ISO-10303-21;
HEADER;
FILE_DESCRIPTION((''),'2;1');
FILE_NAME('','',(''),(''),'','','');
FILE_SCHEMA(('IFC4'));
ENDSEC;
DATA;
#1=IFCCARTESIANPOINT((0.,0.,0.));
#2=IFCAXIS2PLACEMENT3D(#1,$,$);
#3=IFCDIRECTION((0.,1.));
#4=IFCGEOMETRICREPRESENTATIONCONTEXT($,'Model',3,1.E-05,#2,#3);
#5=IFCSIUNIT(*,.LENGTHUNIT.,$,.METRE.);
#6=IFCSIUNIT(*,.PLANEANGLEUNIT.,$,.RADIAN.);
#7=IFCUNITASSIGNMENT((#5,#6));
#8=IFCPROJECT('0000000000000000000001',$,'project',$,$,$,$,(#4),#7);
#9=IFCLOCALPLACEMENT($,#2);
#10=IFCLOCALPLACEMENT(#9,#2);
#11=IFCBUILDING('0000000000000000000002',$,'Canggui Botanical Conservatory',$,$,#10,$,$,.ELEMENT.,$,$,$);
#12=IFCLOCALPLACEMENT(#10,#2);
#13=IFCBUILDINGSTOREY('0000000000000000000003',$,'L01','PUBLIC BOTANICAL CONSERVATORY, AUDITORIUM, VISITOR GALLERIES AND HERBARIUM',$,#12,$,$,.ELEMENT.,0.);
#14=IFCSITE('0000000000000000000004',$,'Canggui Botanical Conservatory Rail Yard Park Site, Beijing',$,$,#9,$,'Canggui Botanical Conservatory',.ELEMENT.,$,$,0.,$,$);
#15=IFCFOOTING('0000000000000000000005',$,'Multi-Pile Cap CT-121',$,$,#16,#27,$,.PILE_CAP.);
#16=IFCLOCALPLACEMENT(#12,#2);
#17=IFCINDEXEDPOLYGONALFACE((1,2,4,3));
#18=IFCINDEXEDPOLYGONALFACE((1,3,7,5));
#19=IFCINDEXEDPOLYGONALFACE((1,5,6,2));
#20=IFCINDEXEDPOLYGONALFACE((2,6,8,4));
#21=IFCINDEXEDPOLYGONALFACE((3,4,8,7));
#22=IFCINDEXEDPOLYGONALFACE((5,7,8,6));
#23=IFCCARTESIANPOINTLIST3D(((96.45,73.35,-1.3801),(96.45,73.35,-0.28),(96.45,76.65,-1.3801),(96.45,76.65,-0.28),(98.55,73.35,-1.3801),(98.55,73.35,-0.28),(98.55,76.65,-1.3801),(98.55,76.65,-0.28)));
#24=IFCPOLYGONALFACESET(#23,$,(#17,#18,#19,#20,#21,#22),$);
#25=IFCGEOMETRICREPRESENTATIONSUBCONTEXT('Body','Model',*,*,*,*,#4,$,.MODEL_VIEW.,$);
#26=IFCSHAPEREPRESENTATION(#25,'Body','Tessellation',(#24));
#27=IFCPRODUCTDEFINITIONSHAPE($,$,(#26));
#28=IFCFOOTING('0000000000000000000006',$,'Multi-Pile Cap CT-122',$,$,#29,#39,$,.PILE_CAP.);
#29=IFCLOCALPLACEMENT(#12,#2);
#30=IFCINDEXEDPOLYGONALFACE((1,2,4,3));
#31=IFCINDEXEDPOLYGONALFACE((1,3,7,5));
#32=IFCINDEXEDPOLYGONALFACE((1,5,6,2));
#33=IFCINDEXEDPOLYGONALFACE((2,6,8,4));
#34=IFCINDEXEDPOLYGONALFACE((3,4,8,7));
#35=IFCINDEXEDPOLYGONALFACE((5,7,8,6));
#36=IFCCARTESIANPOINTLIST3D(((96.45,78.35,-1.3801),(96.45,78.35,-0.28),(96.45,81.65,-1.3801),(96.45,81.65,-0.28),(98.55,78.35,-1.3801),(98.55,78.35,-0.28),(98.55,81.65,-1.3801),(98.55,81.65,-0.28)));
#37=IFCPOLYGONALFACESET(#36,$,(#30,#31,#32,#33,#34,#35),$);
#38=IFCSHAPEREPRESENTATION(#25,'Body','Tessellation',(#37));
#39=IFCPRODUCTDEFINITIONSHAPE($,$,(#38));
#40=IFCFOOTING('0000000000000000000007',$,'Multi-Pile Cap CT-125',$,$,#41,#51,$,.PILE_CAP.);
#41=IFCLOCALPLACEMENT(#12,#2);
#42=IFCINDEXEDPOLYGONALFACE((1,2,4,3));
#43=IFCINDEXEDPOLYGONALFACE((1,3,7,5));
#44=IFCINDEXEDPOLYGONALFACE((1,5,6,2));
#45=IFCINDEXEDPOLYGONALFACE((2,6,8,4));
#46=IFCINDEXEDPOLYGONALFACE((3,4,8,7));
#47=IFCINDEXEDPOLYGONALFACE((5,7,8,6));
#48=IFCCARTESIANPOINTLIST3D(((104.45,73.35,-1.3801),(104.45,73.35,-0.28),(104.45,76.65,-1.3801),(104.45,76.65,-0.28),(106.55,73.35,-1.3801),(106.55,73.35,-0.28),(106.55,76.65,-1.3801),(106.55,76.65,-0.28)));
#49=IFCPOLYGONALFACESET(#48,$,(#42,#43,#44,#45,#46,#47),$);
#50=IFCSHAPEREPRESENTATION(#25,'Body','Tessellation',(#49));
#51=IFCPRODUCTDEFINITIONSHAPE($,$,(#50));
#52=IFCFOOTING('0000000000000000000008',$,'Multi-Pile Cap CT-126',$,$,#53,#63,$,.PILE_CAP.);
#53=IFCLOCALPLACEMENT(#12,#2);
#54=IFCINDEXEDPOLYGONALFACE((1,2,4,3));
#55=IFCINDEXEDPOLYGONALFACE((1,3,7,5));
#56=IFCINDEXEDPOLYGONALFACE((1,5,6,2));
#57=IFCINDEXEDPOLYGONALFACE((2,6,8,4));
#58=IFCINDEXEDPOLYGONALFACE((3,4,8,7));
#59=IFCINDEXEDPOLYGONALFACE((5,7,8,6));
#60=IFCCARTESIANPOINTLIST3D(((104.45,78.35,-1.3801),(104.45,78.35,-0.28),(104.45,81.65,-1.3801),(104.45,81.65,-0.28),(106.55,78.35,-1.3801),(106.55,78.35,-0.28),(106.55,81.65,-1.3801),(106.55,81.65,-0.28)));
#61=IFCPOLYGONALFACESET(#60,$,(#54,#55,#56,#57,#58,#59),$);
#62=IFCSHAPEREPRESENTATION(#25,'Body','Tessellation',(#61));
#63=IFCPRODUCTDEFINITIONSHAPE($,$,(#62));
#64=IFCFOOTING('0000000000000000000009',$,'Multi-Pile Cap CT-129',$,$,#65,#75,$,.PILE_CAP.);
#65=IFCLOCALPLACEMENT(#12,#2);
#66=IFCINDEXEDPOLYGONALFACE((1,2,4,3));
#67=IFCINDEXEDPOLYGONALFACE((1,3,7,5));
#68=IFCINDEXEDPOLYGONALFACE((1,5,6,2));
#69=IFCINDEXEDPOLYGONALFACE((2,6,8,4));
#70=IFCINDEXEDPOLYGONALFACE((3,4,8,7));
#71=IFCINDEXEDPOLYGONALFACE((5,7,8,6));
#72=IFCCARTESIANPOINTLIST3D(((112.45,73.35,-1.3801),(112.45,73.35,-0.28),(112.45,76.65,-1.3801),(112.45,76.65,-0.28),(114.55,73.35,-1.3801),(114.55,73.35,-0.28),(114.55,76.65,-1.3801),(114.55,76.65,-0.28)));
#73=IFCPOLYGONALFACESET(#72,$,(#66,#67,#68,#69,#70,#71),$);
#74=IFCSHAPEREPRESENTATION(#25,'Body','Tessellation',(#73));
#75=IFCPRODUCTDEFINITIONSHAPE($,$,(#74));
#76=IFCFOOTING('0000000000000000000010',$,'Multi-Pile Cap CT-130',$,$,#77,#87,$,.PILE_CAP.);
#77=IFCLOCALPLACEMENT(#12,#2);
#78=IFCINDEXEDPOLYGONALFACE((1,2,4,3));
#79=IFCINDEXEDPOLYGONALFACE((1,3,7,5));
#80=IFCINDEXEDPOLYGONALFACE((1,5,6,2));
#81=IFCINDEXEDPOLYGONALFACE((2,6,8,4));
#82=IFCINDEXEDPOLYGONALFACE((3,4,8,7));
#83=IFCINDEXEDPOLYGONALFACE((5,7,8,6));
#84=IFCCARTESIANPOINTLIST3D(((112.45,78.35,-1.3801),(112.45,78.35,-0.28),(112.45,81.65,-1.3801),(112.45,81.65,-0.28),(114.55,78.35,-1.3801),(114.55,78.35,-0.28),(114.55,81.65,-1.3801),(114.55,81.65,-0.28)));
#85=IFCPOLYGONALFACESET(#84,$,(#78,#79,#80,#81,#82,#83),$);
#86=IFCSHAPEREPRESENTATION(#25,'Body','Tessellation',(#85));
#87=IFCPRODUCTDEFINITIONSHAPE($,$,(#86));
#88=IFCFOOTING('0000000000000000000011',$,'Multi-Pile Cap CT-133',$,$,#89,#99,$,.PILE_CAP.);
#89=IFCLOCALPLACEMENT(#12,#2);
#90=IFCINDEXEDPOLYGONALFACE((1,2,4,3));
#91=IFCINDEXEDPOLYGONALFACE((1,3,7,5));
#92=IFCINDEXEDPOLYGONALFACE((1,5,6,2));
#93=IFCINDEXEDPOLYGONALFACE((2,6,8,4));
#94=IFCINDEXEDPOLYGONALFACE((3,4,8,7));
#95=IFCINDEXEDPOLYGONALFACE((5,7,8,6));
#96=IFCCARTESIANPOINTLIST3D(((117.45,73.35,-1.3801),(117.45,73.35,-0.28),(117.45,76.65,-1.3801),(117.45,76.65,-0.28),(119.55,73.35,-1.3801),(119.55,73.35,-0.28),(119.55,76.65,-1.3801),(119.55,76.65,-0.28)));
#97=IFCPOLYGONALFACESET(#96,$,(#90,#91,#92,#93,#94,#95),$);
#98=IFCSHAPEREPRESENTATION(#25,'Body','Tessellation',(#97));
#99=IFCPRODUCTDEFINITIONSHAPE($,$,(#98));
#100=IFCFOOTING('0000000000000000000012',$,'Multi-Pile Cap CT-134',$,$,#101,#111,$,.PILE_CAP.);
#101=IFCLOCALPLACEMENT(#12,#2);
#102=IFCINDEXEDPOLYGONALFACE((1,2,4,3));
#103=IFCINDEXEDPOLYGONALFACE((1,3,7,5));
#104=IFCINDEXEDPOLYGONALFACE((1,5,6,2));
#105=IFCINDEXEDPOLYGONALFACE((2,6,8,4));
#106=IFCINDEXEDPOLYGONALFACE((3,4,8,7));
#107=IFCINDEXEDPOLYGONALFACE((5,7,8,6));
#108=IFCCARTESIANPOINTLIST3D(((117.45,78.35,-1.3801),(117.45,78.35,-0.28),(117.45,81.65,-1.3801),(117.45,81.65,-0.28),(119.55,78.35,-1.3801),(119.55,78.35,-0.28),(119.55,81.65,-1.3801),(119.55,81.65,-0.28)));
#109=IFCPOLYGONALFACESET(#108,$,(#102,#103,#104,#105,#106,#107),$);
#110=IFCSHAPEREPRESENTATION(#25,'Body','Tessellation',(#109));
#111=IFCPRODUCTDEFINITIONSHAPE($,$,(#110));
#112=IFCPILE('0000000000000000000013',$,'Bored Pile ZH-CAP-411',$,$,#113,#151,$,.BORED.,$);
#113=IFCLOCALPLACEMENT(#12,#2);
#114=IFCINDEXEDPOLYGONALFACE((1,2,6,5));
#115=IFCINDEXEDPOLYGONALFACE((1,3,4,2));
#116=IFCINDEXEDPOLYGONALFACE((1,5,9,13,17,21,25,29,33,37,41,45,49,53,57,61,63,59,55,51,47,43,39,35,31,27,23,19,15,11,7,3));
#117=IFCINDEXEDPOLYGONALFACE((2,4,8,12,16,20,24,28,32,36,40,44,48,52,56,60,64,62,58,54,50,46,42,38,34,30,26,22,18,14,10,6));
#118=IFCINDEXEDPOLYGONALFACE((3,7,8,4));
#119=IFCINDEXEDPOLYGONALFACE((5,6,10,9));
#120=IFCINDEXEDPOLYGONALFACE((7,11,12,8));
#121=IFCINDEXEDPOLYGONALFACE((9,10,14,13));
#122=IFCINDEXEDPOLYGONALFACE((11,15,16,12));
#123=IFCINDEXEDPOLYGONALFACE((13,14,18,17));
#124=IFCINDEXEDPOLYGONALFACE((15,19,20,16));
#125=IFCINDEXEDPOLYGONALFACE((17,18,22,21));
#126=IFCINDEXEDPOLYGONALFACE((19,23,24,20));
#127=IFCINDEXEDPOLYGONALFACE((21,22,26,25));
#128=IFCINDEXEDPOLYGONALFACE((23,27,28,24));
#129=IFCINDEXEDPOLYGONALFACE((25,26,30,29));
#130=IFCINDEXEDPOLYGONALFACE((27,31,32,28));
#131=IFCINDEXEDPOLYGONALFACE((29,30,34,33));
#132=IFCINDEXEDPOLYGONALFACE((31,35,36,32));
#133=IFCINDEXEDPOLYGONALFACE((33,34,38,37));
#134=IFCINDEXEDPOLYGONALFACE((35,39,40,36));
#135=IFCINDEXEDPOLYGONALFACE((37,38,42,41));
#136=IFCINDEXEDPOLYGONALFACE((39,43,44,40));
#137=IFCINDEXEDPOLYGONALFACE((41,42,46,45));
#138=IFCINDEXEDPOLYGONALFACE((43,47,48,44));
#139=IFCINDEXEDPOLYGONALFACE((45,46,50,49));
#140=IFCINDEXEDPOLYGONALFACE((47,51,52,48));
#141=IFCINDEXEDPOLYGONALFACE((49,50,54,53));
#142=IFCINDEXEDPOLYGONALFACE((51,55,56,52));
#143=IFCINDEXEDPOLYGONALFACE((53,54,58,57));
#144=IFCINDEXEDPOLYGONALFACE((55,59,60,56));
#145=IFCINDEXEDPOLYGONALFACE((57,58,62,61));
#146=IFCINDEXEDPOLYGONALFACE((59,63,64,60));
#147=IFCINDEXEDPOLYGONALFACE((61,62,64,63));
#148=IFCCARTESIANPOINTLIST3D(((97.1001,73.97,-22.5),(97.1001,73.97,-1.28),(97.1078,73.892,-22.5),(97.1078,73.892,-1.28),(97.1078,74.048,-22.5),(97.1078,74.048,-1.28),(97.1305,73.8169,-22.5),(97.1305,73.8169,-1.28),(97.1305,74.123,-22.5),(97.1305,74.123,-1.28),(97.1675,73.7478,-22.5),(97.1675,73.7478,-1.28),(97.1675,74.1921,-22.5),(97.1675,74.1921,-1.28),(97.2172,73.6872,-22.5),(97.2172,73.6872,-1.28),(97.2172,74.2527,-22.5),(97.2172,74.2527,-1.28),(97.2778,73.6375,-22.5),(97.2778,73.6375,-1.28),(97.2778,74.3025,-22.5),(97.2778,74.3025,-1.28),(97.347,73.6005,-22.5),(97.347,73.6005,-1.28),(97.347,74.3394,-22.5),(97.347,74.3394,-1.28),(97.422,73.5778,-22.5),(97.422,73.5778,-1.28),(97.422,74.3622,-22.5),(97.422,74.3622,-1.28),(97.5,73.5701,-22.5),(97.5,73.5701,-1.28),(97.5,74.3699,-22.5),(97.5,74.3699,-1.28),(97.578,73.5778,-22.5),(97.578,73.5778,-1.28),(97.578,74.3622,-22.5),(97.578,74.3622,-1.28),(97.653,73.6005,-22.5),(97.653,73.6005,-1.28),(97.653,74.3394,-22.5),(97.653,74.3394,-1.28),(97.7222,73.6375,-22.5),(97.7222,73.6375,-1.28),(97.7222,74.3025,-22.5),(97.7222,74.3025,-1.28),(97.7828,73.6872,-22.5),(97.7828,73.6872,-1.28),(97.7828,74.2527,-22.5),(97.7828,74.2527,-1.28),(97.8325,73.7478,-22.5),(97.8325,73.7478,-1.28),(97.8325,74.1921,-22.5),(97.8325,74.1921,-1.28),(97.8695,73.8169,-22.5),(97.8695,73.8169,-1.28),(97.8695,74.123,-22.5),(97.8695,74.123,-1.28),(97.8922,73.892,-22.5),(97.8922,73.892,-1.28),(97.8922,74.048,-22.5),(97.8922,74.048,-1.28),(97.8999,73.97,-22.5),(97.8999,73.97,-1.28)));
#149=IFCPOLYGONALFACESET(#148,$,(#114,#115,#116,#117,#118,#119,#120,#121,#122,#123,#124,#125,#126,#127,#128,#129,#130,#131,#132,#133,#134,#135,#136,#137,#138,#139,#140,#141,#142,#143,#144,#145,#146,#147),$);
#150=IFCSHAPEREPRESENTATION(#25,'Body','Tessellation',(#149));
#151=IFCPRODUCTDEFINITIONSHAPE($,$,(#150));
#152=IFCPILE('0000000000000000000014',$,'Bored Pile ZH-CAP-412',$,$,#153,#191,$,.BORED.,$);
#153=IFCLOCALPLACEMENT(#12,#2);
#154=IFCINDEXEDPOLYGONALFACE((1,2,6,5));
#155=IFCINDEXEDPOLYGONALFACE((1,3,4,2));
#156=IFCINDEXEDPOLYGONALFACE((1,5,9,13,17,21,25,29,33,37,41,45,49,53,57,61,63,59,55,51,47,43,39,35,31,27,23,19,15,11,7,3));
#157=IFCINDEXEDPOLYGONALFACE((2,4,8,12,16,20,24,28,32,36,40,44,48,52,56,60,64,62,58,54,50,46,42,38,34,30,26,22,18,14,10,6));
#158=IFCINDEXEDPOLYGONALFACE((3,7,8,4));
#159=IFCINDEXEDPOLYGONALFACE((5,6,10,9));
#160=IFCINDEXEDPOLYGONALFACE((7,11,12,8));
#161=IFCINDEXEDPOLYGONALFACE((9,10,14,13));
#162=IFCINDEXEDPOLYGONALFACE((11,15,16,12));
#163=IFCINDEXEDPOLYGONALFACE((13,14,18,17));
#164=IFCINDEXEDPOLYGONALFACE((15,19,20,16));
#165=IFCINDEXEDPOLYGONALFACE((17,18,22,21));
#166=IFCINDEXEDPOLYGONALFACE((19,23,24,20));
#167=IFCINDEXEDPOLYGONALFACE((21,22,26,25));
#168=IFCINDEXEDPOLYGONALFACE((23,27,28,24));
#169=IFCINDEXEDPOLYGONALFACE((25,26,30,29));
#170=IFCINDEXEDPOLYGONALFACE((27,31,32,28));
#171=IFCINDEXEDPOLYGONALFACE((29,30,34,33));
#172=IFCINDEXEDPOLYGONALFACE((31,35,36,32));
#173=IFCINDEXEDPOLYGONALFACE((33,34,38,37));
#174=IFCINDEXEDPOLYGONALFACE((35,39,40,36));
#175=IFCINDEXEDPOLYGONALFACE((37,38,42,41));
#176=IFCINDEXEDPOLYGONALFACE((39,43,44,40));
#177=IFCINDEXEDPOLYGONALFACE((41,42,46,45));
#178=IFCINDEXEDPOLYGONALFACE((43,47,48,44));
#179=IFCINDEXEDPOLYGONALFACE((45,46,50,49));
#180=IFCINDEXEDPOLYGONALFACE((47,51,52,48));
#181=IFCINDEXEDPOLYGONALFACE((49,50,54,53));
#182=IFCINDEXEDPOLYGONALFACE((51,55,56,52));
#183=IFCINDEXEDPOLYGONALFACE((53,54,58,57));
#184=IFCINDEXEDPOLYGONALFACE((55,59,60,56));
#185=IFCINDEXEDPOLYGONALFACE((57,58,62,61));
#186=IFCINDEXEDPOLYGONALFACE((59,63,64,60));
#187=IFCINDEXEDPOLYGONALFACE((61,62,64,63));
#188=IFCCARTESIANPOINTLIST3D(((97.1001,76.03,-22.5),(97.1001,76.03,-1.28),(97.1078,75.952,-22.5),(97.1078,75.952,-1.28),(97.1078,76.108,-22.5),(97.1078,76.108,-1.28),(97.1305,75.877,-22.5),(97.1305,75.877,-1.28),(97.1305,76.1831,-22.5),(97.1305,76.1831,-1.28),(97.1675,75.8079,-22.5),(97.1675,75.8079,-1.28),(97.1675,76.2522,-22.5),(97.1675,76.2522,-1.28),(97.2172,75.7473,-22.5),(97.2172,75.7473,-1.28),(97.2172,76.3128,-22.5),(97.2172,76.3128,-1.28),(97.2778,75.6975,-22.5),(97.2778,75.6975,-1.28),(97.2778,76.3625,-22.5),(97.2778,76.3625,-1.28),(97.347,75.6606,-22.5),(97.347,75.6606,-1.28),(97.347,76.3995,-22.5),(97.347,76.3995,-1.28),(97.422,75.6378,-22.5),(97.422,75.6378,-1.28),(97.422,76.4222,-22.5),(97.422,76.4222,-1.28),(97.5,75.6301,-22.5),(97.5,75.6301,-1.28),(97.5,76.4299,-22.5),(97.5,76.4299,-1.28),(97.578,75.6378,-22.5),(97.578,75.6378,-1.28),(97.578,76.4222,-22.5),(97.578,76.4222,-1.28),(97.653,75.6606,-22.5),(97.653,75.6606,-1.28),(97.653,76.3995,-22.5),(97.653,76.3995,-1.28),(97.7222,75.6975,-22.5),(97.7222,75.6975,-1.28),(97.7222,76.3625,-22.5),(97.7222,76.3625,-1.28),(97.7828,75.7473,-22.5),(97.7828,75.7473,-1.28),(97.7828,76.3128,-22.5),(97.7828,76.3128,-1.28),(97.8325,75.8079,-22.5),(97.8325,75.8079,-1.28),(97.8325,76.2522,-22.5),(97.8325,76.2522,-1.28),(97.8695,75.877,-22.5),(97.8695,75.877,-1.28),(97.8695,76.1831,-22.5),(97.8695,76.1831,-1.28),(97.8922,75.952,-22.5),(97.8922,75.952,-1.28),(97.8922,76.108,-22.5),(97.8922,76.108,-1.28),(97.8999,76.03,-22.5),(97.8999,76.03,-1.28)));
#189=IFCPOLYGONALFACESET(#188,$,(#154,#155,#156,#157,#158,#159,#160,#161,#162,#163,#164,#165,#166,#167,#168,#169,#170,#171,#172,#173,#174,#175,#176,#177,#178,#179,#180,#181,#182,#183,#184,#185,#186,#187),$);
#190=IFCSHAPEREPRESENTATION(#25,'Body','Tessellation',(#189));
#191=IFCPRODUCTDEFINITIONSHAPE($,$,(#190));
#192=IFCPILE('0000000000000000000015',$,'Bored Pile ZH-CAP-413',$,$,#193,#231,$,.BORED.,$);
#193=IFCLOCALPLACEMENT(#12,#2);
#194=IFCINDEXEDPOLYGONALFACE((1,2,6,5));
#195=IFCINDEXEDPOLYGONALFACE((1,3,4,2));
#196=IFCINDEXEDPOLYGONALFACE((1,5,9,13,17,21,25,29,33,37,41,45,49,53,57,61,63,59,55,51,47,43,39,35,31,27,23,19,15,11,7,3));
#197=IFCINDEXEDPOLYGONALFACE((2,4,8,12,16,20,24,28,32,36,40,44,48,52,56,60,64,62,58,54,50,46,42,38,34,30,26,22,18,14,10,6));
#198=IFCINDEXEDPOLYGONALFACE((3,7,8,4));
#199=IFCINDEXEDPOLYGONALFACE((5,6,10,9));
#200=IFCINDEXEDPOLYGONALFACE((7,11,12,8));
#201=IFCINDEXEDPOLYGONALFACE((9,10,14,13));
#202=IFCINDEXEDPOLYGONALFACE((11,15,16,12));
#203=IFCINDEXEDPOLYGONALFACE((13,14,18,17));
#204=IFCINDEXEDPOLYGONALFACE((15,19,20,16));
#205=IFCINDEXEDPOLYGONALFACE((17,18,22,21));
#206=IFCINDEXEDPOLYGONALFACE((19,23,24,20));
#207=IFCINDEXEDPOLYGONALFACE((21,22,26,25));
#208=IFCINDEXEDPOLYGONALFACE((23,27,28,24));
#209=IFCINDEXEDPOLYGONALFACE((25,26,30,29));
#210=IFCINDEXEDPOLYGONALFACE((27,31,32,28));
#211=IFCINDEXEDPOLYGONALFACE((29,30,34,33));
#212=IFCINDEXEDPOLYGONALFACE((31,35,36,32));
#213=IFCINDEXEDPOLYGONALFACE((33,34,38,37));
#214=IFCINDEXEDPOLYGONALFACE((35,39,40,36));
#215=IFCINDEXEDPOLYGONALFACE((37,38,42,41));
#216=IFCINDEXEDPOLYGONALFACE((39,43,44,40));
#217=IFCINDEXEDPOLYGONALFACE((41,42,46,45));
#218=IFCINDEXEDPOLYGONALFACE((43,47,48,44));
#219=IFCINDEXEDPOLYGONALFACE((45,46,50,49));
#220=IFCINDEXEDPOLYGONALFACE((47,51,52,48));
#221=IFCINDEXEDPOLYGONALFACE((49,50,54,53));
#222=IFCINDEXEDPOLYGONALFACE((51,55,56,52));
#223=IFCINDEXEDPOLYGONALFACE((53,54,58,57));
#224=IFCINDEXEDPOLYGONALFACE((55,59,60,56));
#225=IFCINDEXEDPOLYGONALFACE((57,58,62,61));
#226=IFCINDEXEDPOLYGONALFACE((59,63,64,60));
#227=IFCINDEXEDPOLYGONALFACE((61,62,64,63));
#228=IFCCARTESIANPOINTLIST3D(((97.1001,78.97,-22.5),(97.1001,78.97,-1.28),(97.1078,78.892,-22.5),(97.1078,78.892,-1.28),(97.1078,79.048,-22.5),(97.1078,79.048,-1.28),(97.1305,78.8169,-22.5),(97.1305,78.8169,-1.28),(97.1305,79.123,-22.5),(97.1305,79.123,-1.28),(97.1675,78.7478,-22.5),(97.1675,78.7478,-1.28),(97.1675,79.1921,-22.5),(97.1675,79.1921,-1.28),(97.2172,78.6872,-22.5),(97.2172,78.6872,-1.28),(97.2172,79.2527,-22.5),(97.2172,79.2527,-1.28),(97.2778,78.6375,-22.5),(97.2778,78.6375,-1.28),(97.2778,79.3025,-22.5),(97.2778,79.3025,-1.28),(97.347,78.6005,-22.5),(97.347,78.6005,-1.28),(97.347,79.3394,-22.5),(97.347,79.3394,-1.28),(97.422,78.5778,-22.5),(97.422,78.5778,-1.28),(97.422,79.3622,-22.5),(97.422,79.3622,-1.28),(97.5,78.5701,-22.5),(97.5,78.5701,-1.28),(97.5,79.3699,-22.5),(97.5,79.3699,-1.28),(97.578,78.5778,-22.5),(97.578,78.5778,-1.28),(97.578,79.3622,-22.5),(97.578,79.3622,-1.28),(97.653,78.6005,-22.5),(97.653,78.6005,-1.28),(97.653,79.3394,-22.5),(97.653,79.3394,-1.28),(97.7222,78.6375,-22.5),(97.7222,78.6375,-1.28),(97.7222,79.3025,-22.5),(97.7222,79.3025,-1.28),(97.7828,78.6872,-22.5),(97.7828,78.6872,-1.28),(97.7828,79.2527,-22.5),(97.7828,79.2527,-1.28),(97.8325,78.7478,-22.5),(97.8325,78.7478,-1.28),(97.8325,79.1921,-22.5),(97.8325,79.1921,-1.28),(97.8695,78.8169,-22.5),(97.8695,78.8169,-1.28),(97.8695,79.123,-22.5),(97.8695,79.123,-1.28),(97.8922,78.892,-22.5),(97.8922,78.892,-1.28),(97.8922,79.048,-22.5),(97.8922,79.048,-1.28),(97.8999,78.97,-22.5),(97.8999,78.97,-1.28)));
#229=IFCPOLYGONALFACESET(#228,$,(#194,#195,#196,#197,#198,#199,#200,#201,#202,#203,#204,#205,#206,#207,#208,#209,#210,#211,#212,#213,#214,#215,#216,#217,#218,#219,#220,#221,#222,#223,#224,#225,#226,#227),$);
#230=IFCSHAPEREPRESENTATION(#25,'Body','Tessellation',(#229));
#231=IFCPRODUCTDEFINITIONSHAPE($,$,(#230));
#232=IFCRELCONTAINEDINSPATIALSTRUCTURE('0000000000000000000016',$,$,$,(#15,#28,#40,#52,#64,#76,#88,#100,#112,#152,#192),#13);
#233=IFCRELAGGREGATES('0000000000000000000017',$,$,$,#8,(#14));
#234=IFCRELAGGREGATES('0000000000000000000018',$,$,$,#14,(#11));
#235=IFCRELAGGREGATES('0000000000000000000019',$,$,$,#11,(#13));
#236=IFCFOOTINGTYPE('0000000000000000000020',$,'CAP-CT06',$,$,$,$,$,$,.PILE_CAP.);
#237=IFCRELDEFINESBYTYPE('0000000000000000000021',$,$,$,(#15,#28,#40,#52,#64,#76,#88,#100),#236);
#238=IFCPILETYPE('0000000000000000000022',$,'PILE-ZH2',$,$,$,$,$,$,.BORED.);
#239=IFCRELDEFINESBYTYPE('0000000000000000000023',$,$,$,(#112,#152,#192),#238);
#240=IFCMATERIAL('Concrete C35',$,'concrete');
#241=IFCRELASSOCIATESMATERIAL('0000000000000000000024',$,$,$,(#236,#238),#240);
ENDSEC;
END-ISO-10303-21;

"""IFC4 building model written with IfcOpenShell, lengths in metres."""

from ifc_helpers import new_model, si_unit, direction, frame, origin, origin_2d, place, context, subcontext, project, spatial, rectangle, circle, extrude, material, material_profile, profile_set, type_object, element, save


model = new_model("IFC4")

# Units and contexts
model_context = context("Model", 3, precision=1e-05, world=origin(), true_north=direction((0.0, 1.0)))
body_context = subcontext(model_context, "Body", "Model", "MODEL_VIEW")
ifc_project = project(units=[si_unit("LENGTHUNIT", "METRE"), si_unit("PLANEANGLEUNIT", "RADIAN")], contexts=[model_context])

# Site, building, storey
site_placement = place(None, origin())
site = spatial("IfcSite", under=ifc_project, at=site_placement, Name="Canggui Botanical Conservatory Rail Yard Park Site, Beijing", LongName="Canggui Botanical Conservatory", CompositionType="ELEMENT", RefElevation=0.0)
building_placement = place(site_placement, origin())
building = spatial("IfcBuilding", under=site, at=building_placement, Name="Canggui Botanical Conservatory", CompositionType="ELEMENT")
storey_placement = place(building_placement, origin())
storey = spatial("IfcBuildingStorey", under=building, at=storey_placement, Name="L01", Description="PUBLIC BOTANICAL CONSERVATORY, AUDITORIUM, VISITOR GALLERIES AND HERBARIUM", CompositionType="ELEMENT", Elevation=0.0)

# Footings
ifc_material_1 = material(Name="Concrete C35", Category="concrete")
footing_type_1 = type_object("IfcFootingType", Name="CAP-CT06", PredefinedType="PILE_CAP", material=ifc_material_1)
for number, where, z_axis, x_axis, name in (
    (1, (97.5, 75.0, -1.3801), (0.0, 0.0, 1.0), (0.0, 1.0, 0.0), "Multi-Pile Cap CT-121"),
    (2, (97.5, 80.0, -1.3801), (0.0, 0.0, 1.0), (0.0, 1.0, 0.0), "Multi-Pile Cap CT-122"),
    (3, (105.5, 75.0, -1.3801), (0.0, 0.0, 1.0), (0.0, 1.0, 0.0), "Multi-Pile Cap CT-125"),
    (4, (105.5, 80.0, -1.3801), (0.0, 0.0, 1.0), (0.0, 1.0, 0.0), "Multi-Pile Cap CT-126"),
    (5, (113.5, 75.0, -1.3801), (0.0, 0.0, 1.0), (0.0, 1.0, 0.0), "Multi-Pile Cap CT-129"),
    (6, (113.5, 80.0, -1.3801), (0.0, 0.0, 1.0), (0.0, 1.0, 0.0), "Multi-Pile Cap CT-130"),
    (7, (118.5, 75.0, -1.3801), (0.0, 0.0, 1.0), (0.0, 1.0, 0.0), "Multi-Pile Cap CT-133"),
    (8, (118.5, 80.0, -1.3801), (0.0, 0.0, 1.0), (0.0, 1.0, 0.0), "Multi-Pile Cap CT-134"),
):
    element("IfcFooting", number, at=place(storey_placement, frame(where, z_axis=z_axis, x_axis=x_axis)), inside=storey, type_object=footing_type_1, Name=name, PredefinedType="PILE_CAP", context=body_context, shape_type="SweptSolid", body=[
        extrude(rectangle(XDim=3.3, YDim=2.1001, at=origin_2d()), origin(), (0.0, 0.0, 1.0), 1.1001),
    ])

# Piles
ifc_material_profile_1 = material_profile(ifc_material_1, circle(Radius=0.3999, at=origin_2d()), Name="PILE D800")
ifc_profile_set_1 = profile_set([ifc_material_profile_1], Name="Concrete C35")
pile_type = type_object("IfcPileType", Name="PILE-ZH2", PredefinedType="BORED", material=ifc_profile_set_1)
for number, where, z_axis, x_axis, name in (
    (9, (97.5, 73.97, -1.28), (0.0, 0.0, -1.0), (1.0, 0.0, 0.0), "Bored Pile ZH-CAP-411"),
    (10, (97.5, 76.03, -1.28), (0.0, 0.0, -1.0), (1.0, 0.0, 0.0), "Bored Pile ZH-CAP-412"),
    (11, (97.5, 78.97, -1.28), (0.0, 0.0, -1.0), (1.0, 0.0, 0.0), "Bored Pile ZH-CAP-413"),
):
    element("IfcPile", number, at=place(storey_placement, frame(where, z_axis=z_axis, x_axis=x_axis)), inside=storey, type_object=pile_type, Name=name, PredefinedType="BORED", context=body_context, shape_type="SweptSolid", body=[
        extrude(circle(Radius=0.3999, at=origin_2d()), origin(), (0.0, 0.0, 1.0), 21.22),
    ])

save(model, "model.ifc")
